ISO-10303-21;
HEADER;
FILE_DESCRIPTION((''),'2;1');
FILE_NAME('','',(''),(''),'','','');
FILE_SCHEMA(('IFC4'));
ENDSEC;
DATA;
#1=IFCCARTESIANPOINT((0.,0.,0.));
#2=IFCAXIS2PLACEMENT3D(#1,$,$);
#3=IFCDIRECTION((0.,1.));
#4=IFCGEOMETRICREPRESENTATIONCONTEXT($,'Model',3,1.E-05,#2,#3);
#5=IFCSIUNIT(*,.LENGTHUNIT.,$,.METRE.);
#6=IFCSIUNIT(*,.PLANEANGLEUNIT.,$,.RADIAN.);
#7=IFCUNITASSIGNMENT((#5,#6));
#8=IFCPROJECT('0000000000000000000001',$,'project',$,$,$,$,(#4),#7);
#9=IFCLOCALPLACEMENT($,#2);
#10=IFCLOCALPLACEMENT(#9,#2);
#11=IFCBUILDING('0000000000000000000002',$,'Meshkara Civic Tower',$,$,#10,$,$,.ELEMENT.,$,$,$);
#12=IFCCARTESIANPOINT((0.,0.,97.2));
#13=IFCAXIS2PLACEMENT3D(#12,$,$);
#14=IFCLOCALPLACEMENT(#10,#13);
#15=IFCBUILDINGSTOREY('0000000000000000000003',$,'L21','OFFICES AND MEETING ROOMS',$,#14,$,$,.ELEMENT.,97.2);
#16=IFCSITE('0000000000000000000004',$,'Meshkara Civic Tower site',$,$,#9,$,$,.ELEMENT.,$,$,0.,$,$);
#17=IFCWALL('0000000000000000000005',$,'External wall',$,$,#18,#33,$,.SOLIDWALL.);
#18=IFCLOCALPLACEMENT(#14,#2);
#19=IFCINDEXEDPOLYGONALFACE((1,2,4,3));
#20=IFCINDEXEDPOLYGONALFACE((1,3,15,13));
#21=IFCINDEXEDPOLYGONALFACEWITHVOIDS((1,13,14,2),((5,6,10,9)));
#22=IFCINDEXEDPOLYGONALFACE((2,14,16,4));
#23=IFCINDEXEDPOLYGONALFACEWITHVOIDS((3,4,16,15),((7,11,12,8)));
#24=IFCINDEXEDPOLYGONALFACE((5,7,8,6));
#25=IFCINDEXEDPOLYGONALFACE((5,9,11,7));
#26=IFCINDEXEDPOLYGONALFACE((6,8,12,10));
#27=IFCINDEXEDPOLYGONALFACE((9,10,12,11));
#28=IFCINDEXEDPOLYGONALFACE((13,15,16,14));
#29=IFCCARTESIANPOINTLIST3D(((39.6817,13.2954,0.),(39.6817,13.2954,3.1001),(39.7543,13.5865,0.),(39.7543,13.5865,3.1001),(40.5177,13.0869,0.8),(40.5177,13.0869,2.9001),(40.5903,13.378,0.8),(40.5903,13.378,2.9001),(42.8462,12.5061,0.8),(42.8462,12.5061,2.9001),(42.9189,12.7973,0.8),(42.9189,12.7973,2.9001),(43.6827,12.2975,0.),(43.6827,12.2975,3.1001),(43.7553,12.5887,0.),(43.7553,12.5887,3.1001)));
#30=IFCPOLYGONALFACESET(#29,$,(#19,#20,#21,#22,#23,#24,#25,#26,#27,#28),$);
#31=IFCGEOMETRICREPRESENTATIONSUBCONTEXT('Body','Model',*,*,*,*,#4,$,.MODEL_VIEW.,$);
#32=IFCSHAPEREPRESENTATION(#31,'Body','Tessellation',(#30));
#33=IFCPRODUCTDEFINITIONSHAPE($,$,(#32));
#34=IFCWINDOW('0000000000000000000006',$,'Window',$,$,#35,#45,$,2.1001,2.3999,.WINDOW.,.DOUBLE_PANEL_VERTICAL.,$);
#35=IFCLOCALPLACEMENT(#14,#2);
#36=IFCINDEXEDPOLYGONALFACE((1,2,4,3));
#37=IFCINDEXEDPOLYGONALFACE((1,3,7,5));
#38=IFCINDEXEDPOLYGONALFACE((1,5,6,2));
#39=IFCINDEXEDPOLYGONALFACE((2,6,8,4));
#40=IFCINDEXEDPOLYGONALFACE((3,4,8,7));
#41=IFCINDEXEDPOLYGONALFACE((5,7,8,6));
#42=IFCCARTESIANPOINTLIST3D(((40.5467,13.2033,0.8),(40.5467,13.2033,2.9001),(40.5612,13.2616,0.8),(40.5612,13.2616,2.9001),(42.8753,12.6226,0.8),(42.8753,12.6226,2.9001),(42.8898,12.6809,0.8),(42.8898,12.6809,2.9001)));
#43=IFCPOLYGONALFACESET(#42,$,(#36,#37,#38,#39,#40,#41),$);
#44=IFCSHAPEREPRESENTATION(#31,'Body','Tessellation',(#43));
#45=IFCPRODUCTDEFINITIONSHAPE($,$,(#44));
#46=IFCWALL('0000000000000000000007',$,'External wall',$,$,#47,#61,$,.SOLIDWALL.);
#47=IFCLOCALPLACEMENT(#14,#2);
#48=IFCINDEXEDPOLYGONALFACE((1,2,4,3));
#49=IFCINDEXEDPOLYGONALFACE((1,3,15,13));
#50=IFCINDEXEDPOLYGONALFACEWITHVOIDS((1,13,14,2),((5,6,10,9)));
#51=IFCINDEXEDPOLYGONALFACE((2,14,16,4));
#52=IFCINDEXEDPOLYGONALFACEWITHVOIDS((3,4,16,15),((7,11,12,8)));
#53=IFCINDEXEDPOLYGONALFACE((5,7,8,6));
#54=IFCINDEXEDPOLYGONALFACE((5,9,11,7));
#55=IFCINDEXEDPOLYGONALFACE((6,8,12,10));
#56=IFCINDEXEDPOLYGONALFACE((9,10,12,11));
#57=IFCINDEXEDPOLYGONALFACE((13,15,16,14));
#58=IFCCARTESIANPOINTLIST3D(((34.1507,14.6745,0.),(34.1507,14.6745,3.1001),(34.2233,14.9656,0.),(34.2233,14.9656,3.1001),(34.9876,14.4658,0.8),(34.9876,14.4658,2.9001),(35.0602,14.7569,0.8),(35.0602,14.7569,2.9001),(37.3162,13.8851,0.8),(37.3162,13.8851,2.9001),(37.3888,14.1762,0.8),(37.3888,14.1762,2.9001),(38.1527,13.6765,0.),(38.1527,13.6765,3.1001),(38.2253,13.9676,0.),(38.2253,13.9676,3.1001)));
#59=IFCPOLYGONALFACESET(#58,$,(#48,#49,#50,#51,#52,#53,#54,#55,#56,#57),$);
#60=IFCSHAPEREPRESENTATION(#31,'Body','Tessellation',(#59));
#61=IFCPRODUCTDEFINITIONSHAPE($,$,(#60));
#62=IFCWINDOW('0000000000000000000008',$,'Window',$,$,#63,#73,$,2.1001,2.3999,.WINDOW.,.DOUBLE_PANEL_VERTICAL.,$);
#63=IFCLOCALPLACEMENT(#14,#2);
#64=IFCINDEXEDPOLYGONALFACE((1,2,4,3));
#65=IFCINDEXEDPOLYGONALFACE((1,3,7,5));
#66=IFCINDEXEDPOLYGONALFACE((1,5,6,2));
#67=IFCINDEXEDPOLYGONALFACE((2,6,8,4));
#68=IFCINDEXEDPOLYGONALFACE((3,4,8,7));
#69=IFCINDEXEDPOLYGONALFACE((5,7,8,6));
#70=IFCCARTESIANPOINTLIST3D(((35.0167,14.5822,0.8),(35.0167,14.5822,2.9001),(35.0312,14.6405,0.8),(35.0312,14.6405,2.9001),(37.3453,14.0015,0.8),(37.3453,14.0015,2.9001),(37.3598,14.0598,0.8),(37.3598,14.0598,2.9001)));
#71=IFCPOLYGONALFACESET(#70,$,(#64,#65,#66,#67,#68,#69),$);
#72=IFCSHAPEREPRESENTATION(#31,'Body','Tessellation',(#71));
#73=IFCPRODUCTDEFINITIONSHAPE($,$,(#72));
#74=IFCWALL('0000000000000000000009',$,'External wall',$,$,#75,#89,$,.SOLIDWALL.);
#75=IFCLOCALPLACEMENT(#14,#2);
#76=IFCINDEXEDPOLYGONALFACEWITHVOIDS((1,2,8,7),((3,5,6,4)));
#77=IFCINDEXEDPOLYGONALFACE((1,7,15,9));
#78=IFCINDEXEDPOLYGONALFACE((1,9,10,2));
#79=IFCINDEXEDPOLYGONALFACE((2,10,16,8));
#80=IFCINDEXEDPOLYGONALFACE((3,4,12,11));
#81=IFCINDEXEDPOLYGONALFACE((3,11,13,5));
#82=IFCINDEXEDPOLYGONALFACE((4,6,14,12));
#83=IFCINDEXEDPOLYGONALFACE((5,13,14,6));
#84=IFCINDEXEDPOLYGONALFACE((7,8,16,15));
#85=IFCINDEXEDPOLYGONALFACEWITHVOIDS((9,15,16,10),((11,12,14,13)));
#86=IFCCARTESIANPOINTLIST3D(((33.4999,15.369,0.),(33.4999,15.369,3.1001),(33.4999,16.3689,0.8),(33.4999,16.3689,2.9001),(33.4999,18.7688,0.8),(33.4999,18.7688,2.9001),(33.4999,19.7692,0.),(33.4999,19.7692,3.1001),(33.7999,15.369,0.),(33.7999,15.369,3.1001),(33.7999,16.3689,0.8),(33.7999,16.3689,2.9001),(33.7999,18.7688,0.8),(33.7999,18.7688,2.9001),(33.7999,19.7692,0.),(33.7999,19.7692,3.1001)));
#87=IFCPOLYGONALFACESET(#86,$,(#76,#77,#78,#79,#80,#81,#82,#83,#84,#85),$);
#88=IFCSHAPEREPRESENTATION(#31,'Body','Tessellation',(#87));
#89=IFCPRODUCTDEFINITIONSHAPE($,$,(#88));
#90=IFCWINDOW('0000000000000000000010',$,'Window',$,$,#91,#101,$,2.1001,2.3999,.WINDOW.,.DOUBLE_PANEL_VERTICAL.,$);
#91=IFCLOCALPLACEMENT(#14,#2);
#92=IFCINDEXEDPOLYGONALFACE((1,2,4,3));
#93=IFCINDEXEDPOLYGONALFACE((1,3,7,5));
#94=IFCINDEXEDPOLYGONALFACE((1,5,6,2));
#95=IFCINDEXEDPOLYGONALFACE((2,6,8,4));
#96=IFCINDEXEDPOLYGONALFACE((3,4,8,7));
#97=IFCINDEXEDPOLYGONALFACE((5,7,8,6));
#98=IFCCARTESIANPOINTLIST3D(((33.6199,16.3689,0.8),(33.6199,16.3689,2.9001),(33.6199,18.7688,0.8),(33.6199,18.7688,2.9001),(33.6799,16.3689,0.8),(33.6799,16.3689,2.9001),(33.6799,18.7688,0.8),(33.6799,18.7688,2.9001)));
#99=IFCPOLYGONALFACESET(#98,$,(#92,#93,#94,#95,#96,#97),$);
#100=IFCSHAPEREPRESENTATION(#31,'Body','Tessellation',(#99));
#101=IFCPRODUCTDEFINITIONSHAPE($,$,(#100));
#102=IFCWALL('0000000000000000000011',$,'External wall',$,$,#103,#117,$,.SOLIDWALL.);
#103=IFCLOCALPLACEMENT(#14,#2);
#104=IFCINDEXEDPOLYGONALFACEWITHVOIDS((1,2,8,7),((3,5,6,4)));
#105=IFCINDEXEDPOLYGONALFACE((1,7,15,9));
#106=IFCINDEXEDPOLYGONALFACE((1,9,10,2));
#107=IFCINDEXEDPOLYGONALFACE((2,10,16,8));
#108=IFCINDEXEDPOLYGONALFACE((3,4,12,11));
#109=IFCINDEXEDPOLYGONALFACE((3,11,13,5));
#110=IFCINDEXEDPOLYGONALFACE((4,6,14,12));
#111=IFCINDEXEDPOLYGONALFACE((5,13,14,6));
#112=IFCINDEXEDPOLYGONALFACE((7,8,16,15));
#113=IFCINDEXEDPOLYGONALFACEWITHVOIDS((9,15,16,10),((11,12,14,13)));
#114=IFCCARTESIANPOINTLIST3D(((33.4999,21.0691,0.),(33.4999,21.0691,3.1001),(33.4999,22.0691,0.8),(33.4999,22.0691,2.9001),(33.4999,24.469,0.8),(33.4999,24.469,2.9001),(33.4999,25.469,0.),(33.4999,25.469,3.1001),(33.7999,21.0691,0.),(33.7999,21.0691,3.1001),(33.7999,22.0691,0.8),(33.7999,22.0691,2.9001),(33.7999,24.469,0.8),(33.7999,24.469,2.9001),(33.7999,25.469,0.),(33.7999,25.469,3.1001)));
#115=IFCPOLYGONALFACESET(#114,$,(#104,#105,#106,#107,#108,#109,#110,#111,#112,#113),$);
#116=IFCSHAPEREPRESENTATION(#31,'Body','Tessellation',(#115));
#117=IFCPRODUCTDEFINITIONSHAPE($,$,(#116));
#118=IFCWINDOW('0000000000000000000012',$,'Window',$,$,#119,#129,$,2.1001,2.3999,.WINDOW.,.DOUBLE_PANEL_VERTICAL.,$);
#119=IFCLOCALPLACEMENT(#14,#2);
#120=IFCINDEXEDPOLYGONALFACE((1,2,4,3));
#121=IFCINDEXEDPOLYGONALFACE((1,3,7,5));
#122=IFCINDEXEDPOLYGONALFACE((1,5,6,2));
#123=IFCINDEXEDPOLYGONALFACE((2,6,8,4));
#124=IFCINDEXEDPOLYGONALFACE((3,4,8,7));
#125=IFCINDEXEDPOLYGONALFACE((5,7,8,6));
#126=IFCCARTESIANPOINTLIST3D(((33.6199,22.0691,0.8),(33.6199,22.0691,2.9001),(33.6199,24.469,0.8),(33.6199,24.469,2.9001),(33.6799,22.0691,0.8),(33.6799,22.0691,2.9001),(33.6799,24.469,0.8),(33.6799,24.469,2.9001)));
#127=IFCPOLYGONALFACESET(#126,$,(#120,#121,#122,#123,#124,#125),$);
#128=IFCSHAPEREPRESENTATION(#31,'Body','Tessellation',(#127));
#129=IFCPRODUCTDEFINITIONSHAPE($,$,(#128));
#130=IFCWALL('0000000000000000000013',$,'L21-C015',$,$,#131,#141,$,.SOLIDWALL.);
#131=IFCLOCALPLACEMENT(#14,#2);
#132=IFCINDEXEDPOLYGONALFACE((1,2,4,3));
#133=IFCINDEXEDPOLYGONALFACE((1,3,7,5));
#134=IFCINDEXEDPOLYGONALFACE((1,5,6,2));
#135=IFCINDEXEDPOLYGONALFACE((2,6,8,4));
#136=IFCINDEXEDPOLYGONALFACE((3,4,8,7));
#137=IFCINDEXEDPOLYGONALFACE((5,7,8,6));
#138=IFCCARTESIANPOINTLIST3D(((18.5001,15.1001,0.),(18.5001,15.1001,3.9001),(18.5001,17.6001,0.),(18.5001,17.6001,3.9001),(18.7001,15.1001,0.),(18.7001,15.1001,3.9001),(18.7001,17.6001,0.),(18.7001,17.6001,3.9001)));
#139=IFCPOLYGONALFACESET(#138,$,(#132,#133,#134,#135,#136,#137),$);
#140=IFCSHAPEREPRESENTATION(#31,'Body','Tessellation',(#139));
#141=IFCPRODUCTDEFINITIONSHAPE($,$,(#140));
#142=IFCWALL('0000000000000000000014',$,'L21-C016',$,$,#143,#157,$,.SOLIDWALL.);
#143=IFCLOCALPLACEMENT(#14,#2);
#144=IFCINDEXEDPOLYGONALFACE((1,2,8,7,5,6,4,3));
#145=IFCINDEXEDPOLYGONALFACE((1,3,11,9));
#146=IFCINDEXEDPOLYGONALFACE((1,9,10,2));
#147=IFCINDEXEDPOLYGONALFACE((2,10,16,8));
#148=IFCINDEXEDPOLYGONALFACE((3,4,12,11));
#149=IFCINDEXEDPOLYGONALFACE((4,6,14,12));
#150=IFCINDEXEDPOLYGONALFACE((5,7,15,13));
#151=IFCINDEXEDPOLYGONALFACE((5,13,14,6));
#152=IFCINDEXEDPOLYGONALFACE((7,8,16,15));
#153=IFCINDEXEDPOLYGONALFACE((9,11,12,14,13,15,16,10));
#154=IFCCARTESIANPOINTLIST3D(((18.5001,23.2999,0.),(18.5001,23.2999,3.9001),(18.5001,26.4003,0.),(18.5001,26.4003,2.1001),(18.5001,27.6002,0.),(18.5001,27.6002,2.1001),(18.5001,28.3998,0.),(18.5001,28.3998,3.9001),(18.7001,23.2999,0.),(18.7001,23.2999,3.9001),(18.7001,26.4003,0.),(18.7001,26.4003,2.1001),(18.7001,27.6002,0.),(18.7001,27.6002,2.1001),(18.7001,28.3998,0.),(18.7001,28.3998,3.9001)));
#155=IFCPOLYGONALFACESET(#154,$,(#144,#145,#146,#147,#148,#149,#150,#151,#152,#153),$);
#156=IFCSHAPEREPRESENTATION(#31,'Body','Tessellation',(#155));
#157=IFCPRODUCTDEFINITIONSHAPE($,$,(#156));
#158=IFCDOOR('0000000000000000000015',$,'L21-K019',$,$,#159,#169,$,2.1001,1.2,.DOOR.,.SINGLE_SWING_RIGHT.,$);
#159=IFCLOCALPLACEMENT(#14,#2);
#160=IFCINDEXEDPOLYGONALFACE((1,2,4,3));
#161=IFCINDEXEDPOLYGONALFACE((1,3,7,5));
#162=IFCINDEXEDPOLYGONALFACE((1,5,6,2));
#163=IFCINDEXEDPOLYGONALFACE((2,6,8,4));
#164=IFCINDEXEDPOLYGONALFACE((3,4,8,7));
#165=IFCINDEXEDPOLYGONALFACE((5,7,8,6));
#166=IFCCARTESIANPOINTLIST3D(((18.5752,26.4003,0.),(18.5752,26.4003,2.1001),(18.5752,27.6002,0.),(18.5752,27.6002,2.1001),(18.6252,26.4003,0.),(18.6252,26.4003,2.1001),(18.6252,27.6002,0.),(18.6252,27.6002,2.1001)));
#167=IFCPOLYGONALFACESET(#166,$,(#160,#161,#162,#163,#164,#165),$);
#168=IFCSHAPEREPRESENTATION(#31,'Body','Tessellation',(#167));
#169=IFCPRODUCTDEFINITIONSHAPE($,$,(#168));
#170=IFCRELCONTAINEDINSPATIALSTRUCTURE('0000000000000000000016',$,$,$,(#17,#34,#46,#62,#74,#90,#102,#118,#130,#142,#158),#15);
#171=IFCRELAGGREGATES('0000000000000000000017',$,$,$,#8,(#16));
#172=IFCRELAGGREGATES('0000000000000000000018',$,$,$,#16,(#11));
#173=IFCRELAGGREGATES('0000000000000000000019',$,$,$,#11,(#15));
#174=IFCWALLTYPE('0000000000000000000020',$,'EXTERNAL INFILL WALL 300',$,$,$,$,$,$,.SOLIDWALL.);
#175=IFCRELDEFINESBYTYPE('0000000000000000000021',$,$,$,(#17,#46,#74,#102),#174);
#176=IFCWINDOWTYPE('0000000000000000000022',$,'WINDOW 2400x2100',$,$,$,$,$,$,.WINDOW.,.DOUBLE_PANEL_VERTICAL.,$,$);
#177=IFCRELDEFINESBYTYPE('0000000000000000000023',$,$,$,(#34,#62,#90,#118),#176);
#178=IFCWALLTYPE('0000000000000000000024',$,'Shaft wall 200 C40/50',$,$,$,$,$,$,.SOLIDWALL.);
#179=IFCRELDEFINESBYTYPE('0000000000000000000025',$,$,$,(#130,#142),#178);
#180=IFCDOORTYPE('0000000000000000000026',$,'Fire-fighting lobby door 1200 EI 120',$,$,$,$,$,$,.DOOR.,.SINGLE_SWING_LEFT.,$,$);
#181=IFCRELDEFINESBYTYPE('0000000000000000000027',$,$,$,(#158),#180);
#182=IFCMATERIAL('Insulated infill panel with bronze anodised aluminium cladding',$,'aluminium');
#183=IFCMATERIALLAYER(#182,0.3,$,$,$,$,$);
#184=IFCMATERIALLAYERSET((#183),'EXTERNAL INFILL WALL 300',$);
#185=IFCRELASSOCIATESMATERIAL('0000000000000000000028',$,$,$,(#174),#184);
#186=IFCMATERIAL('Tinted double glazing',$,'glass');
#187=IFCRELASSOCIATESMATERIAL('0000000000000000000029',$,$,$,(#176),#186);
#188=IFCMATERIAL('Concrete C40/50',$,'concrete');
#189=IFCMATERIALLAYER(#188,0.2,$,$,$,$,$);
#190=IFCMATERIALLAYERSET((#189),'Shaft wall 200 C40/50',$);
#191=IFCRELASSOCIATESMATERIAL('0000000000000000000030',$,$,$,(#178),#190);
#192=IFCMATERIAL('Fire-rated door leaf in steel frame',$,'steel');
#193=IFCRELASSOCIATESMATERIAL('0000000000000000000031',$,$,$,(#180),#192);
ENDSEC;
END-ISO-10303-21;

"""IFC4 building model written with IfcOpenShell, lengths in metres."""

from ifc_helpers import new_model, si_unit, direction, frame, frame_2d, origin, place, context, subcontext, project, spatial, rectangle, extrude, material, layer, layer_set, type_object, element, fill, save


model = new_model("IFC4")

# Units and contexts
model_context = context("Model", 3, precision=1e-05, world=origin(), true_north=direction((0.0, 1.0)))
body_context = subcontext(model_context, "Body", "Model", "MODEL_VIEW")
ifc_project = project(units=[si_unit("LENGTHUNIT", "METRE"), si_unit("PLANEANGLEUNIT", "RADIAN")], contexts=[model_context])

# Site, building, storey
site_placement = place(None, origin())
site = spatial("IfcSite", under=ifc_project, at=site_placement, Name="Meshkara Civic Tower site", CompositionType="ELEMENT", RefElevation=0.0)
building_placement = place(site_placement, origin())
building = spatial("IfcBuilding", under=site, at=building_placement, Name="Meshkara Civic Tower", CompositionType="ELEMENT")
storey_placement = place(building_placement, frame((0.0, 0.0, 97.2)))
storey = spatial("IfcBuildingStorey", under=building, at=storey_placement, Name="L21", Description="OFFICES AND MEETING ROOMS", CompositionType="ELEMENT", Elevation=97.2)

# Walls, openings, windows
ifc_material_1 = material(Name="Insulated infill panel with bronze anodised aluminium cladding", Category="aluminium")
ifc_layer_1 = layer(ifc_material_1, 0.3)
ifc_layer_set_1 = layer_set([ifc_layer_1], Name="EXTERNAL INFILL WALL 300")
wall_type_1 = type_object("IfcWallType", Name="EXTERNAL INFILL WALL 300", PredefinedType="SOLIDWALL", material=ifc_layer_set_1)
wall_1_placement = place(storey_placement, frame((43.719, 12.4431, 0.0), z_axis=(0.0, 0.0, 1.0), x_axis=(-0.970282, 0.241978, 0.0)))
wall_1 = element("IfcWall", 1, at=wall_1_placement, inside=storey, type_object=wall_type_1, Name="External wall", PredefinedType="SOLIDWALL", context=body_context, shape_type="SweptSolid", body=[
    extrude(rectangle(XDim=4.1235, YDim=0.3, at=frame_2d((2.0618, 0.0))), origin(), (0.0, 0.0, 1.0), 3.1001),
])
opening_1_placement = place(wall_1_placement, frame((0.8621, 0.0, 0.8)))
opening_1 = element("IfcOpeningElement", 2, at=opening_1_placement, cuts=wall_1, PredefinedType="OPENING", context=body_context, shape_type="SweptSolid", body=[
    extrude(rectangle(XDim=2.3999, YDim=2.1001, at=frame_2d((1.2, 1.05))), frame((0.0, 0.1599, 0.0), z_axis=(0.0, -1.0, 0.0), x_axis=(1.0, 0.0, 0.0)), (0.0, 0.0, 1.0), 0.3201),
])
ifc_material_2 = material(Name="Tinted double glazing", Category="glass")
window_type = type_object("IfcWindowType", Name="WINDOW 2400x2100", PartitioningType="DOUBLE_PANEL_VERTICAL", PredefinedType="WINDOW", material=ifc_material_2)
window_1_placement = place(opening_1_placement, origin())
window_1 = element("IfcWindow", 3, at=window_1_placement, inside=storey, type_object=window_type, Name="Window", OverallHeight=2.1001, OverallWidth=2.3999, PartitioningType="DOUBLE_PANEL_VERTICAL", PredefinedType="WINDOW", context=body_context, shape_type="SweptSolid", body=[
    extrude(rectangle(XDim=2.3999, YDim=2.1001, at=frame_2d((1.2, 1.05))), frame((0.0, 0.03, 0.0), z_axis=(0.0, -1.0, 0.0), x_axis=(1.0, 0.0, 0.0)), (0.0, 0.0, 1.0), 0.0601),
])
fill(opening_1, window_1)
wall_2_placement = place(storey_placement, frame((38.189, 13.822, 0.0), z_axis=(0.0, 0.0, 1.0), x_axis=(-0.970282, 0.241978, 0.0)))
wall_2 = element("IfcWall", 4, at=wall_2_placement, inside=storey, type_object=wall_type_1, Name="External wall", PredefinedType="SOLIDWALL", context=body_context, shape_type="SweptSolid", body=[
    extrude(rectangle(XDim=4.1245, YDim=0.3, at=frame_2d((2.0623, 0.0))), origin(), (0.0, 0.0, 1.0), 3.1001),
])
opening_2_placement = place(wall_2_placement, frame((0.8621, 0.0, 0.8)))
opening_2 = element("IfcOpeningElement", 5, at=opening_2_placement, cuts=wall_2, PredefinedType="OPENING", context=body_context, shape_type="SweptSolid", body=[
    extrude(rectangle(XDim=2.3999, YDim=2.1001, at=frame_2d((1.2, 1.05))), frame((0.0, 0.1599, 0.0), z_axis=(0.0, -1.0, 0.0), x_axis=(1.0, 0.0, 0.0)), (0.0, 0.0, 1.0), 0.3201),
])
window_2_placement = place(opening_2_placement, origin())
window_2 = element("IfcWindow", 6, at=window_2_placement, inside=storey, type_object=window_type, Name="Window", OverallHeight=2.1001, OverallWidth=2.3999, PartitioningType="DOUBLE_PANEL_VERTICAL", PredefinedType="WINDOW", context=body_context, shape_type="SweptSolid", body=[
    extrude(rectangle(XDim=2.3999, YDim=2.1001, at=frame_2d((1.2, 1.05))), frame((0.0, 0.03, 0.0), z_axis=(0.0, -1.0, 0.0), x_axis=(1.0, 0.0, 0.0)), (0.0, 0.0, 1.0), 0.0601),
])
fill(opening_2, window_2)
wall_3_placement = place(storey_placement, frame((33.6499, 15.3689, 0.0), z_axis=(0.0, 0.0, 1.0), x_axis=(0.0, 1.0, 0.0)))
wall_3 = element("IfcWall", 7, at=wall_3_placement, inside=storey, type_object=wall_type_1, Name="External wall", PredefinedType="SOLIDWALL", context=body_context, shape_type="SweptSolid", body=[
    extrude(rectangle(XDim=4.4001, YDim=0.3, at=frame_2d((2.2002, 0.0))), origin(), (0.0, 0.0, 1.0), 3.1001),
])
opening_3_placement = place(wall_3_placement, frame((1.0, 0.0, 0.8)))
opening_3 = element("IfcOpeningElement", 8, at=opening_3_placement, cuts=wall_3, PredefinedType="OPENING", context=body_context, shape_type="SweptSolid", body=[
    extrude(rectangle(XDim=2.3999, YDim=2.1001, at=frame_2d((1.2, 1.05))), frame((0.0, 0.1599, 0.0), z_axis=(0.0, -1.0, 0.0), x_axis=(1.0, 0.0, 0.0)), (0.0, 0.0, 1.0), 0.3201),
])
window_3_placement = place(opening_3_placement, origin())
window_3 = element("IfcWindow", 9, at=window_3_placement, inside=storey, type_object=window_type, Name="Window", OverallHeight=2.1001, OverallWidth=2.3999, PartitioningType="DOUBLE_PANEL_VERTICAL", PredefinedType="WINDOW", context=body_context, shape_type="SweptSolid", body=[
    extrude(rectangle(XDim=2.3999, YDim=2.1001, at=frame_2d((1.2, 1.05))), frame((0.0, 0.03, 0.0), z_axis=(0.0, -1.0, 0.0), x_axis=(1.0, 0.0, 0.0)), (0.0, 0.0, 1.0), 0.0601),
])
fill(opening_3, window_3)
wall_4_placement = place(storey_placement, frame((33.6499, 21.0691, 0.0), z_axis=(0.0, 0.0, 1.0), x_axis=(0.0, 1.0, 0.0)))
wall_4 = element("IfcWall", 10, at=wall_4_placement, inside=storey, type_object=wall_type_1, Name="External wall", PredefinedType="SOLIDWALL", context=body_context, shape_type="SweptSolid", body=[
    extrude(rectangle(XDim=4.3999, YDim=0.3, at=frame_2d((2.2, 0.0))), origin(), (0.0, 0.0, 1.0), 3.1001),
])
opening_4_placement = place(wall_4_placement, frame((1.0, 0.0, 0.8)))
opening_4 = element("IfcOpeningElement", 11, at=opening_4_placement, cuts=wall_4, PredefinedType="OPENING", context=body_context, shape_type="SweptSolid", body=[
    extrude(rectangle(XDim=2.3999, YDim=2.1001, at=frame_2d((1.2, 1.05))), frame((0.0, 0.1599, 0.0), z_axis=(0.0, -1.0, 0.0), x_axis=(1.0, 0.0, 0.0)), (0.0, 0.0, 1.0), 0.3201),
])
window_4_placement = place(opening_4_placement, origin())
window_4 = element("IfcWindow", 12, at=window_4_placement, inside=storey, type_object=window_type, Name="Window", OverallHeight=2.1001, OverallWidth=2.3999, PartitioningType="DOUBLE_PANEL_VERTICAL", PredefinedType="WINDOW", context=body_context, shape_type="SweptSolid", body=[
    extrude(rectangle(XDim=2.3999, YDim=2.1001, at=frame_2d((1.2, 1.05))), frame((0.0, 0.03, 0.0), z_axis=(0.0, -1.0, 0.0), x_axis=(1.0, 0.0, 0.0)), (0.0, 0.0, 1.0), 0.0601),
])
fill(opening_4, window_4)

# Wall
ifc_material_3 = material(Name="Concrete C40/50", Category="concrete")
ifc_layer_2 = layer(ifc_material_3, 0.2)
ifc_layer_set_2 = layer_set([ifc_layer_2], Name="Shaft wall 200 C40/50")
wall_type_2 = type_object("IfcWallType", Name="Shaft wall 200 C40/50", PredefinedType="SOLIDWALL", material=ifc_layer_set_2)
wall_5_placement = place(storey_placement, frame((18.6001, 15.1001, 0.0), z_axis=(0.0, 0.0, 1.0), x_axis=(0.0, 1.0, 0.0)))
element("IfcWall", 13, at=wall_5_placement, inside=storey, type_object=wall_type_2, Name="L21-C015", PredefinedType="SOLIDWALL", context=body_context, shape_type="SweptSolid", body=[
    extrude(rectangle(XDim=2.5, YDim=0.2, at=frame_2d((1.25, 0.0))), origin(), (0.0, 0.0, 1.0), 3.9001),
])

# Wall, opening, door
wall_6_placement = place(storey_placement, frame((18.6001, 23.3, 0.0), z_axis=(0.0, 0.0, 1.0), x_axis=(0.0, 1.0, 0.0)))
wall_6 = element("IfcWall", 14, at=wall_6_placement, inside=storey, type_object=wall_type_2, Name="L21-C016", PredefinedType="SOLIDWALL", context=body_context, shape_type="SweptSolid", body=[
    extrude(rectangle(XDim=5.0999, YDim=0.2, at=frame_2d((2.5498, 0.0))), origin(), (0.0, 0.0, 1.0), 3.9001),
])
opening_5_placement = place(wall_6_placement, frame((3.1001, 0.0, 0.0)))
opening_5 = element("IfcOpeningElement", 15, at=opening_5_placement, cuts=wall_6, PredefinedType="OPENING", context=body_context, shape_type="SweptSolid", body=[
    extrude(rectangle(XDim=1.2, YDim=2.1001, at=frame_2d((0.6001, 1.05))), frame((0.0, 0.1099, 0.0), z_axis=(0.0, -1.0, 0.0), x_axis=(1.0, 0.0, 0.0)), (0.0, 0.0, 1.0), 0.22),
])
ifc_material_4 = material(Name="Fire-rated door leaf in steel frame", Category="steel")
door_type_1 = type_object("IfcDoorType", Name="Fire-fighting lobby door 1200 EI 120", OperationType="SINGLE_SWING_LEFT", PredefinedType="DOOR", material=ifc_material_4)
door_1_placement = place(opening_5_placement, origin())
door_1 = element("IfcDoor", 16, at=door_1_placement, inside=storey, type_object=door_type_1, Name="L21-K019", OperationType="SINGLE_SWING_RIGHT", OverallHeight=2.1001, OverallWidth=1.2, PredefinedType="DOOR", context=body_context, shape_type="SweptSolid", body=[
    extrude(rectangle(XDim=1.2, YDim=2.1001, at=frame_2d((0.6001, 1.05))), frame((0.0, 0.0249, 0.0), z_axis=(0.0, -1.0, 0.0), x_axis=(1.0, 0.0, 0.0)), (0.0, 0.0, 1.0), 0.05),
])
fill(opening_5, door_1)

save(model, "model.ifc")
